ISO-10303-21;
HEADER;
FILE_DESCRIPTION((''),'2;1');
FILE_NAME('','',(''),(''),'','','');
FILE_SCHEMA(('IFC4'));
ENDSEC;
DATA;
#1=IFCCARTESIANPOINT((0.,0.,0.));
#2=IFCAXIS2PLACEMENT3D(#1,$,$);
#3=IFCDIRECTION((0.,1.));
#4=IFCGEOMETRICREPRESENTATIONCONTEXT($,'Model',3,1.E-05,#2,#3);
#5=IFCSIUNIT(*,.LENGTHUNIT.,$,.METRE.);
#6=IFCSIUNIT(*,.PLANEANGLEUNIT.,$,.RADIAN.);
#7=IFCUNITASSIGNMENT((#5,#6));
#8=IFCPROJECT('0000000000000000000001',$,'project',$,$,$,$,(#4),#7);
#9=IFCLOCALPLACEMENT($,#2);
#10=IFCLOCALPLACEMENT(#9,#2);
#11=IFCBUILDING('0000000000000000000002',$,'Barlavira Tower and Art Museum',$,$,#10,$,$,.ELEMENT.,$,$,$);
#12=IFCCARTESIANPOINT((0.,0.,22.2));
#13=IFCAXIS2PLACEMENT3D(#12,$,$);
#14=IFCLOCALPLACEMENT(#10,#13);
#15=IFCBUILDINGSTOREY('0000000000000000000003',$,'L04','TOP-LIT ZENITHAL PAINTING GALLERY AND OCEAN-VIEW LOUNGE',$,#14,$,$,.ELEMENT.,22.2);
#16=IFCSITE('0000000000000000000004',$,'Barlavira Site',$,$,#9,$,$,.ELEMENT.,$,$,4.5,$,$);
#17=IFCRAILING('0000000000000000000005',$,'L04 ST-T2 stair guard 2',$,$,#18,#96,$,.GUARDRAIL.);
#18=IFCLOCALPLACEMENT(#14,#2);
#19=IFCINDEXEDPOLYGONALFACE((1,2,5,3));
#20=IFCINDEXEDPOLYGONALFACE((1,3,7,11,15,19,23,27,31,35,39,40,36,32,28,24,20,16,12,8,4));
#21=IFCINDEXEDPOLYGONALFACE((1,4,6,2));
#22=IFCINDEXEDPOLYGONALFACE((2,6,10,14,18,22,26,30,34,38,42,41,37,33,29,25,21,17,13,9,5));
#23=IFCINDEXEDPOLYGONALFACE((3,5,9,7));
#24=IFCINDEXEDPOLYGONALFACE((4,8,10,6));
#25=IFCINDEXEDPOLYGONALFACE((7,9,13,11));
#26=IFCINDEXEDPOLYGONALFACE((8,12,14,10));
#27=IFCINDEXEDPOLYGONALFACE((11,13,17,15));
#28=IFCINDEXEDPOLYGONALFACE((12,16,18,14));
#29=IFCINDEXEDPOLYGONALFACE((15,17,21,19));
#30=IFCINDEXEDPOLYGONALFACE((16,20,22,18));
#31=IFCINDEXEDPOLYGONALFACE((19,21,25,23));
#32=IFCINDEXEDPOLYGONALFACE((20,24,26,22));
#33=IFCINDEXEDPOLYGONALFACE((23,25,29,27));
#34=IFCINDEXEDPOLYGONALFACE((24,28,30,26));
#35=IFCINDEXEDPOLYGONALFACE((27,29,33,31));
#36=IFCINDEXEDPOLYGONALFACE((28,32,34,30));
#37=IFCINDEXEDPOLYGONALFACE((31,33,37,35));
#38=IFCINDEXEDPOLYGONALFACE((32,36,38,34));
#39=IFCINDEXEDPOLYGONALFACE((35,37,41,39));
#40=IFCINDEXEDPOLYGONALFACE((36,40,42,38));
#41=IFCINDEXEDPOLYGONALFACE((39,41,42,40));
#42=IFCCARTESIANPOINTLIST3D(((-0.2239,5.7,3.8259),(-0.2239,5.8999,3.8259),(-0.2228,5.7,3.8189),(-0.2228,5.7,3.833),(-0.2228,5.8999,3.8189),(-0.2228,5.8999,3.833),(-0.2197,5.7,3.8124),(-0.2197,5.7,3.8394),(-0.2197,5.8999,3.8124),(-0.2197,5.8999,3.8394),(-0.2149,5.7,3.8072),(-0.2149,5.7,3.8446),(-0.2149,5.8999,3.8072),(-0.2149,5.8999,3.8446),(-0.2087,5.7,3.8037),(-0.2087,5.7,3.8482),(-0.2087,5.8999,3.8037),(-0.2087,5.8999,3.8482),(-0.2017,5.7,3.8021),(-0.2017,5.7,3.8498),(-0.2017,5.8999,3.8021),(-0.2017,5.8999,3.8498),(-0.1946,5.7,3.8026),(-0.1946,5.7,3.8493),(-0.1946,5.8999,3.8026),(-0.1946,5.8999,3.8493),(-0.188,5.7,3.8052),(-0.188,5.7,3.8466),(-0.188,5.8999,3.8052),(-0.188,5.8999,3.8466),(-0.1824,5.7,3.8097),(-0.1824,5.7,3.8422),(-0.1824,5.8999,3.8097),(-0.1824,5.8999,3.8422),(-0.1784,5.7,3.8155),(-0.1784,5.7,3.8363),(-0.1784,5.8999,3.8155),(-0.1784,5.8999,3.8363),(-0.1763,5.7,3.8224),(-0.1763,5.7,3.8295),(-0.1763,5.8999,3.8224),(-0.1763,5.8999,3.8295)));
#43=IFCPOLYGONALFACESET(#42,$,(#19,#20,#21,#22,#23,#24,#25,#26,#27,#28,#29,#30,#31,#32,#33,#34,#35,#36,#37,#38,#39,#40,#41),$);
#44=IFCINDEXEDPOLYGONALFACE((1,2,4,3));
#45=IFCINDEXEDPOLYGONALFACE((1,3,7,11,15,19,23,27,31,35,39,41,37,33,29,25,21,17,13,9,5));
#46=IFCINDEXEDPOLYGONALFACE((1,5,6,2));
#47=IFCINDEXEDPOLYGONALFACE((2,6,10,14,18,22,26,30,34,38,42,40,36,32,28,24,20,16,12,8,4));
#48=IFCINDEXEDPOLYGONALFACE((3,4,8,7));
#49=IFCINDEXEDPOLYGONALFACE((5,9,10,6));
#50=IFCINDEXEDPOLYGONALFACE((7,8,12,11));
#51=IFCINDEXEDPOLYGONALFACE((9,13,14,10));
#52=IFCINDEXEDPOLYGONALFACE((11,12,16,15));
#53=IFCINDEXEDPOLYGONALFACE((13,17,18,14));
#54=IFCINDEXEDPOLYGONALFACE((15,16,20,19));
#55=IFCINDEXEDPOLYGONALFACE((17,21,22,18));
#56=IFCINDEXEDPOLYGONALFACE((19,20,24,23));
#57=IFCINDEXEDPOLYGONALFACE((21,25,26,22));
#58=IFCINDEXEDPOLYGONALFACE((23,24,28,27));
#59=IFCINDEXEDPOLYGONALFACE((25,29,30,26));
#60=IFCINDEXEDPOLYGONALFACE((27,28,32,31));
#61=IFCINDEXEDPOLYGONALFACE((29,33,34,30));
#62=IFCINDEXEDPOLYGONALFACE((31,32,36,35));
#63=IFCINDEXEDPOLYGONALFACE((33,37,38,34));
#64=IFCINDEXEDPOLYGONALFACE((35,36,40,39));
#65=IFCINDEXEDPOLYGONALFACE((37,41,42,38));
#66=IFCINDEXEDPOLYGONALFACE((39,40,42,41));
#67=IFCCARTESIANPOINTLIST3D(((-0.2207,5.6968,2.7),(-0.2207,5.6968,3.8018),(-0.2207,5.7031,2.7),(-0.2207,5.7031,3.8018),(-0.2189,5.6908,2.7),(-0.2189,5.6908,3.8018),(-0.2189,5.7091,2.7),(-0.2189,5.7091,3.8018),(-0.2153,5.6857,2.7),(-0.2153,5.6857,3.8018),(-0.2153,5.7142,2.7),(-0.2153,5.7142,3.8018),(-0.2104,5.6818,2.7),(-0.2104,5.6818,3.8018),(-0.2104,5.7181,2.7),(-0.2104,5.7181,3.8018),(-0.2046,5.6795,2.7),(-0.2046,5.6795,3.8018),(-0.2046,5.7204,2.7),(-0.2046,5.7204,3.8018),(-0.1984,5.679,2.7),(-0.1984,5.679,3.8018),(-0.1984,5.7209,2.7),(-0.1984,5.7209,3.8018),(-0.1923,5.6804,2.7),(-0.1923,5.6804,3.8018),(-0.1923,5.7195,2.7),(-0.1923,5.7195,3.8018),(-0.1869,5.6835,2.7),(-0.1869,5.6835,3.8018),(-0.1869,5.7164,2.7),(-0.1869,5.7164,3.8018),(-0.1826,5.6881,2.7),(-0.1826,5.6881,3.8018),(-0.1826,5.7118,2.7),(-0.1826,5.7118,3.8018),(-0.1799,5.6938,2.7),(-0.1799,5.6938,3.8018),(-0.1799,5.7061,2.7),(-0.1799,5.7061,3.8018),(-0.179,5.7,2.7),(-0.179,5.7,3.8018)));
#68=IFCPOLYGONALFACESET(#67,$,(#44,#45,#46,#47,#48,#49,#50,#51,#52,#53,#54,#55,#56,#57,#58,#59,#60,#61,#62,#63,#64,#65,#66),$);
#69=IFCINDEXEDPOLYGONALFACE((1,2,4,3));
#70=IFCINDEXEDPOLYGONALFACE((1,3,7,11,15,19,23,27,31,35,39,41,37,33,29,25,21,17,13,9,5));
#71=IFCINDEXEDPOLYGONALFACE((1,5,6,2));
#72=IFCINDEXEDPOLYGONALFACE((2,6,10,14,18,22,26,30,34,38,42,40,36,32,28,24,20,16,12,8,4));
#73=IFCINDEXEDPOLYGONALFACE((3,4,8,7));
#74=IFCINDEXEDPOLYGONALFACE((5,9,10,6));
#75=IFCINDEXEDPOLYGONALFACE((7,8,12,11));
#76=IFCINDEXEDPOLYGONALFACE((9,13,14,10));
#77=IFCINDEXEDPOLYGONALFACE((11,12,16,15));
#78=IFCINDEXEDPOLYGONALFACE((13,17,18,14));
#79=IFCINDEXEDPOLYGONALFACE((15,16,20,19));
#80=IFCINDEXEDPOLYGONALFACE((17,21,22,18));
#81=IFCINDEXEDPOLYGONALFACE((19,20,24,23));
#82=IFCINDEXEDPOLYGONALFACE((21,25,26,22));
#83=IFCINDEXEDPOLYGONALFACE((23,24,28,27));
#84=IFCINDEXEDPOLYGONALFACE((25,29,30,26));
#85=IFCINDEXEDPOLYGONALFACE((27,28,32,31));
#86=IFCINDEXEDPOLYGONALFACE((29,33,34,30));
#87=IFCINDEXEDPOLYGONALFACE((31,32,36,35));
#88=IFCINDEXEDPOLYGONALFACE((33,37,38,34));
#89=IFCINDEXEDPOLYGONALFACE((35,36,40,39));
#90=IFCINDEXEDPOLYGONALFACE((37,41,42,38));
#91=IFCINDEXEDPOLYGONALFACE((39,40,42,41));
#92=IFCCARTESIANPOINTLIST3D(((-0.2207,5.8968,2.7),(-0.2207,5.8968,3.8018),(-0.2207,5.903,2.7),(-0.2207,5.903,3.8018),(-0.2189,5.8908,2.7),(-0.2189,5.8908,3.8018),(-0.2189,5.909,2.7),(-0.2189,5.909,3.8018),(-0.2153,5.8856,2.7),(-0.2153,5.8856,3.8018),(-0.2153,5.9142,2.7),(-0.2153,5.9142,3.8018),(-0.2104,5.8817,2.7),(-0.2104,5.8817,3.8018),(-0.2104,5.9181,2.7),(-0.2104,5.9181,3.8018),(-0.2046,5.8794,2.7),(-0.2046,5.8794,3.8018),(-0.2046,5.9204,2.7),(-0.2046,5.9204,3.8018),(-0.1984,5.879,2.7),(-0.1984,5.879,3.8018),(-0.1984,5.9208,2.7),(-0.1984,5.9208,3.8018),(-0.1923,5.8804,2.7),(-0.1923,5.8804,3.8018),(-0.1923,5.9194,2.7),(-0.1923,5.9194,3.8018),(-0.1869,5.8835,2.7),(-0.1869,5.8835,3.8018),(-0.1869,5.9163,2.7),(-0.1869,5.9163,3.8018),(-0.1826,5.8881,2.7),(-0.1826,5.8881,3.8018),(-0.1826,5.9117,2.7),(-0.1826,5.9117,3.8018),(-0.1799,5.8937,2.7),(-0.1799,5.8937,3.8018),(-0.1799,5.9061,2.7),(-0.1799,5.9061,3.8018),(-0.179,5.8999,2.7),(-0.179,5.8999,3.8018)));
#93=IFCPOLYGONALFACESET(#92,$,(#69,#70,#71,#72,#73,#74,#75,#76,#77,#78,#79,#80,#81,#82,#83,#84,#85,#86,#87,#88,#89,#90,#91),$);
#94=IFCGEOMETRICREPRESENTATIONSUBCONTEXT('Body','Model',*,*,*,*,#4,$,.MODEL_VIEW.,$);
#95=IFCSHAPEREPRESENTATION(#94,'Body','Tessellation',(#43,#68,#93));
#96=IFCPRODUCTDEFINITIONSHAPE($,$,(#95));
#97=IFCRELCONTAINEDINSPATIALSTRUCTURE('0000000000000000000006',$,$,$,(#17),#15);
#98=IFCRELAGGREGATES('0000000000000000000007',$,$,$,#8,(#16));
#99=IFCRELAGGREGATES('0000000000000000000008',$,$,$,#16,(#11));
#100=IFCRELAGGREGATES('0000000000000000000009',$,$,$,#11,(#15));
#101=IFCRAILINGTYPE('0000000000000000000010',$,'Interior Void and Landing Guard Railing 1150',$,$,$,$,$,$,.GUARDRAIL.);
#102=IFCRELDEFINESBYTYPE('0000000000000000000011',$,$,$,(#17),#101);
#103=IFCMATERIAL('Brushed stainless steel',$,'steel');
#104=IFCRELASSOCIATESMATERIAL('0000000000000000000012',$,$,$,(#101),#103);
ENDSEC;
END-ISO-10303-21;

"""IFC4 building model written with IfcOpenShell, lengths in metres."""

from ifc_helpers import new_model, si_unit, direction, frame, origin, origin_2d, place, context, subcontext, project, spatial, circle, extrude, material, type_object, element, save


model = new_model("IFC4")

# Units and contexts
model_context = context("Model", 3, precision=1e-05, world=origin(), true_north=direction((0.0, 1.0)))
body_context = subcontext(model_context, "Body", "Model", "MODEL_VIEW")
ifc_project = project(units=[si_unit("LENGTHUNIT", "METRE"), si_unit("PLANEANGLEUNIT", "RADIAN")], contexts=[model_context])

# Site, building, storey
site_placement = place(None, origin())
site = spatial("IfcSite", under=ifc_project, at=site_placement, Name="Barlavira Site", CompositionType="ELEMENT", RefElevation=4.5)
building_placement = place(site_placement, origin())
building = spatial("IfcBuilding", under=site, at=building_placement, Name="Barlavira Tower and Art Museum", CompositionType="ELEMENT")
storey_placement = place(building_placement, frame((0.0, 0.0, 22.2)))
storey = spatial("IfcBuildingStorey", under=building, at=storey_placement, Name="L04", Description="TOP-LIT ZENITHAL PAINTING GALLERY AND OCEAN-VIEW LOUNGE", CompositionType="ELEMENT", Elevation=22.2)

# Shared definitions
ifc_material_1 = material(Name="Brushed stainless steel", Category="steel")

# Railing
railing_type_1 = type_object("IfcRailingType", Name="Interior Void and Landing Guard Railing 1150", PredefinedType="GUARDRAIL", material=ifc_material_1)
railing_1_placement = place(storey_placement, frame((-0.2, 5.7, 2.7)))
element("IfcRailing", 1, at=railing_1_placement, inside=storey, type_object=railing_type_1, Name="L04 ST-T2 stair guard 2", PredefinedType="GUARDRAIL", context=body_context, shape_type="SweptSolid", body=[
    extrude(circle(Radius=0.0239, at=origin_2d()), frame((0.0, 0.0, 1.126), z_axis=(0.0, 1.0, 0.0), x_axis=(-1.0, 0.0, 0.0)), (0.0, 0.0, 1.0), 0.2),
    extrude(circle(Radius=0.021, at=origin_2d()), origin(), (0.0, 0.0, 1.0), 1.1018),
    extrude(circle(Radius=0.021, at=origin_2d()), frame((0.0, 0.2, 0.0)), (0.0, 0.0, 1.0), 1.1018),
])

save(model, "model.ifc")
